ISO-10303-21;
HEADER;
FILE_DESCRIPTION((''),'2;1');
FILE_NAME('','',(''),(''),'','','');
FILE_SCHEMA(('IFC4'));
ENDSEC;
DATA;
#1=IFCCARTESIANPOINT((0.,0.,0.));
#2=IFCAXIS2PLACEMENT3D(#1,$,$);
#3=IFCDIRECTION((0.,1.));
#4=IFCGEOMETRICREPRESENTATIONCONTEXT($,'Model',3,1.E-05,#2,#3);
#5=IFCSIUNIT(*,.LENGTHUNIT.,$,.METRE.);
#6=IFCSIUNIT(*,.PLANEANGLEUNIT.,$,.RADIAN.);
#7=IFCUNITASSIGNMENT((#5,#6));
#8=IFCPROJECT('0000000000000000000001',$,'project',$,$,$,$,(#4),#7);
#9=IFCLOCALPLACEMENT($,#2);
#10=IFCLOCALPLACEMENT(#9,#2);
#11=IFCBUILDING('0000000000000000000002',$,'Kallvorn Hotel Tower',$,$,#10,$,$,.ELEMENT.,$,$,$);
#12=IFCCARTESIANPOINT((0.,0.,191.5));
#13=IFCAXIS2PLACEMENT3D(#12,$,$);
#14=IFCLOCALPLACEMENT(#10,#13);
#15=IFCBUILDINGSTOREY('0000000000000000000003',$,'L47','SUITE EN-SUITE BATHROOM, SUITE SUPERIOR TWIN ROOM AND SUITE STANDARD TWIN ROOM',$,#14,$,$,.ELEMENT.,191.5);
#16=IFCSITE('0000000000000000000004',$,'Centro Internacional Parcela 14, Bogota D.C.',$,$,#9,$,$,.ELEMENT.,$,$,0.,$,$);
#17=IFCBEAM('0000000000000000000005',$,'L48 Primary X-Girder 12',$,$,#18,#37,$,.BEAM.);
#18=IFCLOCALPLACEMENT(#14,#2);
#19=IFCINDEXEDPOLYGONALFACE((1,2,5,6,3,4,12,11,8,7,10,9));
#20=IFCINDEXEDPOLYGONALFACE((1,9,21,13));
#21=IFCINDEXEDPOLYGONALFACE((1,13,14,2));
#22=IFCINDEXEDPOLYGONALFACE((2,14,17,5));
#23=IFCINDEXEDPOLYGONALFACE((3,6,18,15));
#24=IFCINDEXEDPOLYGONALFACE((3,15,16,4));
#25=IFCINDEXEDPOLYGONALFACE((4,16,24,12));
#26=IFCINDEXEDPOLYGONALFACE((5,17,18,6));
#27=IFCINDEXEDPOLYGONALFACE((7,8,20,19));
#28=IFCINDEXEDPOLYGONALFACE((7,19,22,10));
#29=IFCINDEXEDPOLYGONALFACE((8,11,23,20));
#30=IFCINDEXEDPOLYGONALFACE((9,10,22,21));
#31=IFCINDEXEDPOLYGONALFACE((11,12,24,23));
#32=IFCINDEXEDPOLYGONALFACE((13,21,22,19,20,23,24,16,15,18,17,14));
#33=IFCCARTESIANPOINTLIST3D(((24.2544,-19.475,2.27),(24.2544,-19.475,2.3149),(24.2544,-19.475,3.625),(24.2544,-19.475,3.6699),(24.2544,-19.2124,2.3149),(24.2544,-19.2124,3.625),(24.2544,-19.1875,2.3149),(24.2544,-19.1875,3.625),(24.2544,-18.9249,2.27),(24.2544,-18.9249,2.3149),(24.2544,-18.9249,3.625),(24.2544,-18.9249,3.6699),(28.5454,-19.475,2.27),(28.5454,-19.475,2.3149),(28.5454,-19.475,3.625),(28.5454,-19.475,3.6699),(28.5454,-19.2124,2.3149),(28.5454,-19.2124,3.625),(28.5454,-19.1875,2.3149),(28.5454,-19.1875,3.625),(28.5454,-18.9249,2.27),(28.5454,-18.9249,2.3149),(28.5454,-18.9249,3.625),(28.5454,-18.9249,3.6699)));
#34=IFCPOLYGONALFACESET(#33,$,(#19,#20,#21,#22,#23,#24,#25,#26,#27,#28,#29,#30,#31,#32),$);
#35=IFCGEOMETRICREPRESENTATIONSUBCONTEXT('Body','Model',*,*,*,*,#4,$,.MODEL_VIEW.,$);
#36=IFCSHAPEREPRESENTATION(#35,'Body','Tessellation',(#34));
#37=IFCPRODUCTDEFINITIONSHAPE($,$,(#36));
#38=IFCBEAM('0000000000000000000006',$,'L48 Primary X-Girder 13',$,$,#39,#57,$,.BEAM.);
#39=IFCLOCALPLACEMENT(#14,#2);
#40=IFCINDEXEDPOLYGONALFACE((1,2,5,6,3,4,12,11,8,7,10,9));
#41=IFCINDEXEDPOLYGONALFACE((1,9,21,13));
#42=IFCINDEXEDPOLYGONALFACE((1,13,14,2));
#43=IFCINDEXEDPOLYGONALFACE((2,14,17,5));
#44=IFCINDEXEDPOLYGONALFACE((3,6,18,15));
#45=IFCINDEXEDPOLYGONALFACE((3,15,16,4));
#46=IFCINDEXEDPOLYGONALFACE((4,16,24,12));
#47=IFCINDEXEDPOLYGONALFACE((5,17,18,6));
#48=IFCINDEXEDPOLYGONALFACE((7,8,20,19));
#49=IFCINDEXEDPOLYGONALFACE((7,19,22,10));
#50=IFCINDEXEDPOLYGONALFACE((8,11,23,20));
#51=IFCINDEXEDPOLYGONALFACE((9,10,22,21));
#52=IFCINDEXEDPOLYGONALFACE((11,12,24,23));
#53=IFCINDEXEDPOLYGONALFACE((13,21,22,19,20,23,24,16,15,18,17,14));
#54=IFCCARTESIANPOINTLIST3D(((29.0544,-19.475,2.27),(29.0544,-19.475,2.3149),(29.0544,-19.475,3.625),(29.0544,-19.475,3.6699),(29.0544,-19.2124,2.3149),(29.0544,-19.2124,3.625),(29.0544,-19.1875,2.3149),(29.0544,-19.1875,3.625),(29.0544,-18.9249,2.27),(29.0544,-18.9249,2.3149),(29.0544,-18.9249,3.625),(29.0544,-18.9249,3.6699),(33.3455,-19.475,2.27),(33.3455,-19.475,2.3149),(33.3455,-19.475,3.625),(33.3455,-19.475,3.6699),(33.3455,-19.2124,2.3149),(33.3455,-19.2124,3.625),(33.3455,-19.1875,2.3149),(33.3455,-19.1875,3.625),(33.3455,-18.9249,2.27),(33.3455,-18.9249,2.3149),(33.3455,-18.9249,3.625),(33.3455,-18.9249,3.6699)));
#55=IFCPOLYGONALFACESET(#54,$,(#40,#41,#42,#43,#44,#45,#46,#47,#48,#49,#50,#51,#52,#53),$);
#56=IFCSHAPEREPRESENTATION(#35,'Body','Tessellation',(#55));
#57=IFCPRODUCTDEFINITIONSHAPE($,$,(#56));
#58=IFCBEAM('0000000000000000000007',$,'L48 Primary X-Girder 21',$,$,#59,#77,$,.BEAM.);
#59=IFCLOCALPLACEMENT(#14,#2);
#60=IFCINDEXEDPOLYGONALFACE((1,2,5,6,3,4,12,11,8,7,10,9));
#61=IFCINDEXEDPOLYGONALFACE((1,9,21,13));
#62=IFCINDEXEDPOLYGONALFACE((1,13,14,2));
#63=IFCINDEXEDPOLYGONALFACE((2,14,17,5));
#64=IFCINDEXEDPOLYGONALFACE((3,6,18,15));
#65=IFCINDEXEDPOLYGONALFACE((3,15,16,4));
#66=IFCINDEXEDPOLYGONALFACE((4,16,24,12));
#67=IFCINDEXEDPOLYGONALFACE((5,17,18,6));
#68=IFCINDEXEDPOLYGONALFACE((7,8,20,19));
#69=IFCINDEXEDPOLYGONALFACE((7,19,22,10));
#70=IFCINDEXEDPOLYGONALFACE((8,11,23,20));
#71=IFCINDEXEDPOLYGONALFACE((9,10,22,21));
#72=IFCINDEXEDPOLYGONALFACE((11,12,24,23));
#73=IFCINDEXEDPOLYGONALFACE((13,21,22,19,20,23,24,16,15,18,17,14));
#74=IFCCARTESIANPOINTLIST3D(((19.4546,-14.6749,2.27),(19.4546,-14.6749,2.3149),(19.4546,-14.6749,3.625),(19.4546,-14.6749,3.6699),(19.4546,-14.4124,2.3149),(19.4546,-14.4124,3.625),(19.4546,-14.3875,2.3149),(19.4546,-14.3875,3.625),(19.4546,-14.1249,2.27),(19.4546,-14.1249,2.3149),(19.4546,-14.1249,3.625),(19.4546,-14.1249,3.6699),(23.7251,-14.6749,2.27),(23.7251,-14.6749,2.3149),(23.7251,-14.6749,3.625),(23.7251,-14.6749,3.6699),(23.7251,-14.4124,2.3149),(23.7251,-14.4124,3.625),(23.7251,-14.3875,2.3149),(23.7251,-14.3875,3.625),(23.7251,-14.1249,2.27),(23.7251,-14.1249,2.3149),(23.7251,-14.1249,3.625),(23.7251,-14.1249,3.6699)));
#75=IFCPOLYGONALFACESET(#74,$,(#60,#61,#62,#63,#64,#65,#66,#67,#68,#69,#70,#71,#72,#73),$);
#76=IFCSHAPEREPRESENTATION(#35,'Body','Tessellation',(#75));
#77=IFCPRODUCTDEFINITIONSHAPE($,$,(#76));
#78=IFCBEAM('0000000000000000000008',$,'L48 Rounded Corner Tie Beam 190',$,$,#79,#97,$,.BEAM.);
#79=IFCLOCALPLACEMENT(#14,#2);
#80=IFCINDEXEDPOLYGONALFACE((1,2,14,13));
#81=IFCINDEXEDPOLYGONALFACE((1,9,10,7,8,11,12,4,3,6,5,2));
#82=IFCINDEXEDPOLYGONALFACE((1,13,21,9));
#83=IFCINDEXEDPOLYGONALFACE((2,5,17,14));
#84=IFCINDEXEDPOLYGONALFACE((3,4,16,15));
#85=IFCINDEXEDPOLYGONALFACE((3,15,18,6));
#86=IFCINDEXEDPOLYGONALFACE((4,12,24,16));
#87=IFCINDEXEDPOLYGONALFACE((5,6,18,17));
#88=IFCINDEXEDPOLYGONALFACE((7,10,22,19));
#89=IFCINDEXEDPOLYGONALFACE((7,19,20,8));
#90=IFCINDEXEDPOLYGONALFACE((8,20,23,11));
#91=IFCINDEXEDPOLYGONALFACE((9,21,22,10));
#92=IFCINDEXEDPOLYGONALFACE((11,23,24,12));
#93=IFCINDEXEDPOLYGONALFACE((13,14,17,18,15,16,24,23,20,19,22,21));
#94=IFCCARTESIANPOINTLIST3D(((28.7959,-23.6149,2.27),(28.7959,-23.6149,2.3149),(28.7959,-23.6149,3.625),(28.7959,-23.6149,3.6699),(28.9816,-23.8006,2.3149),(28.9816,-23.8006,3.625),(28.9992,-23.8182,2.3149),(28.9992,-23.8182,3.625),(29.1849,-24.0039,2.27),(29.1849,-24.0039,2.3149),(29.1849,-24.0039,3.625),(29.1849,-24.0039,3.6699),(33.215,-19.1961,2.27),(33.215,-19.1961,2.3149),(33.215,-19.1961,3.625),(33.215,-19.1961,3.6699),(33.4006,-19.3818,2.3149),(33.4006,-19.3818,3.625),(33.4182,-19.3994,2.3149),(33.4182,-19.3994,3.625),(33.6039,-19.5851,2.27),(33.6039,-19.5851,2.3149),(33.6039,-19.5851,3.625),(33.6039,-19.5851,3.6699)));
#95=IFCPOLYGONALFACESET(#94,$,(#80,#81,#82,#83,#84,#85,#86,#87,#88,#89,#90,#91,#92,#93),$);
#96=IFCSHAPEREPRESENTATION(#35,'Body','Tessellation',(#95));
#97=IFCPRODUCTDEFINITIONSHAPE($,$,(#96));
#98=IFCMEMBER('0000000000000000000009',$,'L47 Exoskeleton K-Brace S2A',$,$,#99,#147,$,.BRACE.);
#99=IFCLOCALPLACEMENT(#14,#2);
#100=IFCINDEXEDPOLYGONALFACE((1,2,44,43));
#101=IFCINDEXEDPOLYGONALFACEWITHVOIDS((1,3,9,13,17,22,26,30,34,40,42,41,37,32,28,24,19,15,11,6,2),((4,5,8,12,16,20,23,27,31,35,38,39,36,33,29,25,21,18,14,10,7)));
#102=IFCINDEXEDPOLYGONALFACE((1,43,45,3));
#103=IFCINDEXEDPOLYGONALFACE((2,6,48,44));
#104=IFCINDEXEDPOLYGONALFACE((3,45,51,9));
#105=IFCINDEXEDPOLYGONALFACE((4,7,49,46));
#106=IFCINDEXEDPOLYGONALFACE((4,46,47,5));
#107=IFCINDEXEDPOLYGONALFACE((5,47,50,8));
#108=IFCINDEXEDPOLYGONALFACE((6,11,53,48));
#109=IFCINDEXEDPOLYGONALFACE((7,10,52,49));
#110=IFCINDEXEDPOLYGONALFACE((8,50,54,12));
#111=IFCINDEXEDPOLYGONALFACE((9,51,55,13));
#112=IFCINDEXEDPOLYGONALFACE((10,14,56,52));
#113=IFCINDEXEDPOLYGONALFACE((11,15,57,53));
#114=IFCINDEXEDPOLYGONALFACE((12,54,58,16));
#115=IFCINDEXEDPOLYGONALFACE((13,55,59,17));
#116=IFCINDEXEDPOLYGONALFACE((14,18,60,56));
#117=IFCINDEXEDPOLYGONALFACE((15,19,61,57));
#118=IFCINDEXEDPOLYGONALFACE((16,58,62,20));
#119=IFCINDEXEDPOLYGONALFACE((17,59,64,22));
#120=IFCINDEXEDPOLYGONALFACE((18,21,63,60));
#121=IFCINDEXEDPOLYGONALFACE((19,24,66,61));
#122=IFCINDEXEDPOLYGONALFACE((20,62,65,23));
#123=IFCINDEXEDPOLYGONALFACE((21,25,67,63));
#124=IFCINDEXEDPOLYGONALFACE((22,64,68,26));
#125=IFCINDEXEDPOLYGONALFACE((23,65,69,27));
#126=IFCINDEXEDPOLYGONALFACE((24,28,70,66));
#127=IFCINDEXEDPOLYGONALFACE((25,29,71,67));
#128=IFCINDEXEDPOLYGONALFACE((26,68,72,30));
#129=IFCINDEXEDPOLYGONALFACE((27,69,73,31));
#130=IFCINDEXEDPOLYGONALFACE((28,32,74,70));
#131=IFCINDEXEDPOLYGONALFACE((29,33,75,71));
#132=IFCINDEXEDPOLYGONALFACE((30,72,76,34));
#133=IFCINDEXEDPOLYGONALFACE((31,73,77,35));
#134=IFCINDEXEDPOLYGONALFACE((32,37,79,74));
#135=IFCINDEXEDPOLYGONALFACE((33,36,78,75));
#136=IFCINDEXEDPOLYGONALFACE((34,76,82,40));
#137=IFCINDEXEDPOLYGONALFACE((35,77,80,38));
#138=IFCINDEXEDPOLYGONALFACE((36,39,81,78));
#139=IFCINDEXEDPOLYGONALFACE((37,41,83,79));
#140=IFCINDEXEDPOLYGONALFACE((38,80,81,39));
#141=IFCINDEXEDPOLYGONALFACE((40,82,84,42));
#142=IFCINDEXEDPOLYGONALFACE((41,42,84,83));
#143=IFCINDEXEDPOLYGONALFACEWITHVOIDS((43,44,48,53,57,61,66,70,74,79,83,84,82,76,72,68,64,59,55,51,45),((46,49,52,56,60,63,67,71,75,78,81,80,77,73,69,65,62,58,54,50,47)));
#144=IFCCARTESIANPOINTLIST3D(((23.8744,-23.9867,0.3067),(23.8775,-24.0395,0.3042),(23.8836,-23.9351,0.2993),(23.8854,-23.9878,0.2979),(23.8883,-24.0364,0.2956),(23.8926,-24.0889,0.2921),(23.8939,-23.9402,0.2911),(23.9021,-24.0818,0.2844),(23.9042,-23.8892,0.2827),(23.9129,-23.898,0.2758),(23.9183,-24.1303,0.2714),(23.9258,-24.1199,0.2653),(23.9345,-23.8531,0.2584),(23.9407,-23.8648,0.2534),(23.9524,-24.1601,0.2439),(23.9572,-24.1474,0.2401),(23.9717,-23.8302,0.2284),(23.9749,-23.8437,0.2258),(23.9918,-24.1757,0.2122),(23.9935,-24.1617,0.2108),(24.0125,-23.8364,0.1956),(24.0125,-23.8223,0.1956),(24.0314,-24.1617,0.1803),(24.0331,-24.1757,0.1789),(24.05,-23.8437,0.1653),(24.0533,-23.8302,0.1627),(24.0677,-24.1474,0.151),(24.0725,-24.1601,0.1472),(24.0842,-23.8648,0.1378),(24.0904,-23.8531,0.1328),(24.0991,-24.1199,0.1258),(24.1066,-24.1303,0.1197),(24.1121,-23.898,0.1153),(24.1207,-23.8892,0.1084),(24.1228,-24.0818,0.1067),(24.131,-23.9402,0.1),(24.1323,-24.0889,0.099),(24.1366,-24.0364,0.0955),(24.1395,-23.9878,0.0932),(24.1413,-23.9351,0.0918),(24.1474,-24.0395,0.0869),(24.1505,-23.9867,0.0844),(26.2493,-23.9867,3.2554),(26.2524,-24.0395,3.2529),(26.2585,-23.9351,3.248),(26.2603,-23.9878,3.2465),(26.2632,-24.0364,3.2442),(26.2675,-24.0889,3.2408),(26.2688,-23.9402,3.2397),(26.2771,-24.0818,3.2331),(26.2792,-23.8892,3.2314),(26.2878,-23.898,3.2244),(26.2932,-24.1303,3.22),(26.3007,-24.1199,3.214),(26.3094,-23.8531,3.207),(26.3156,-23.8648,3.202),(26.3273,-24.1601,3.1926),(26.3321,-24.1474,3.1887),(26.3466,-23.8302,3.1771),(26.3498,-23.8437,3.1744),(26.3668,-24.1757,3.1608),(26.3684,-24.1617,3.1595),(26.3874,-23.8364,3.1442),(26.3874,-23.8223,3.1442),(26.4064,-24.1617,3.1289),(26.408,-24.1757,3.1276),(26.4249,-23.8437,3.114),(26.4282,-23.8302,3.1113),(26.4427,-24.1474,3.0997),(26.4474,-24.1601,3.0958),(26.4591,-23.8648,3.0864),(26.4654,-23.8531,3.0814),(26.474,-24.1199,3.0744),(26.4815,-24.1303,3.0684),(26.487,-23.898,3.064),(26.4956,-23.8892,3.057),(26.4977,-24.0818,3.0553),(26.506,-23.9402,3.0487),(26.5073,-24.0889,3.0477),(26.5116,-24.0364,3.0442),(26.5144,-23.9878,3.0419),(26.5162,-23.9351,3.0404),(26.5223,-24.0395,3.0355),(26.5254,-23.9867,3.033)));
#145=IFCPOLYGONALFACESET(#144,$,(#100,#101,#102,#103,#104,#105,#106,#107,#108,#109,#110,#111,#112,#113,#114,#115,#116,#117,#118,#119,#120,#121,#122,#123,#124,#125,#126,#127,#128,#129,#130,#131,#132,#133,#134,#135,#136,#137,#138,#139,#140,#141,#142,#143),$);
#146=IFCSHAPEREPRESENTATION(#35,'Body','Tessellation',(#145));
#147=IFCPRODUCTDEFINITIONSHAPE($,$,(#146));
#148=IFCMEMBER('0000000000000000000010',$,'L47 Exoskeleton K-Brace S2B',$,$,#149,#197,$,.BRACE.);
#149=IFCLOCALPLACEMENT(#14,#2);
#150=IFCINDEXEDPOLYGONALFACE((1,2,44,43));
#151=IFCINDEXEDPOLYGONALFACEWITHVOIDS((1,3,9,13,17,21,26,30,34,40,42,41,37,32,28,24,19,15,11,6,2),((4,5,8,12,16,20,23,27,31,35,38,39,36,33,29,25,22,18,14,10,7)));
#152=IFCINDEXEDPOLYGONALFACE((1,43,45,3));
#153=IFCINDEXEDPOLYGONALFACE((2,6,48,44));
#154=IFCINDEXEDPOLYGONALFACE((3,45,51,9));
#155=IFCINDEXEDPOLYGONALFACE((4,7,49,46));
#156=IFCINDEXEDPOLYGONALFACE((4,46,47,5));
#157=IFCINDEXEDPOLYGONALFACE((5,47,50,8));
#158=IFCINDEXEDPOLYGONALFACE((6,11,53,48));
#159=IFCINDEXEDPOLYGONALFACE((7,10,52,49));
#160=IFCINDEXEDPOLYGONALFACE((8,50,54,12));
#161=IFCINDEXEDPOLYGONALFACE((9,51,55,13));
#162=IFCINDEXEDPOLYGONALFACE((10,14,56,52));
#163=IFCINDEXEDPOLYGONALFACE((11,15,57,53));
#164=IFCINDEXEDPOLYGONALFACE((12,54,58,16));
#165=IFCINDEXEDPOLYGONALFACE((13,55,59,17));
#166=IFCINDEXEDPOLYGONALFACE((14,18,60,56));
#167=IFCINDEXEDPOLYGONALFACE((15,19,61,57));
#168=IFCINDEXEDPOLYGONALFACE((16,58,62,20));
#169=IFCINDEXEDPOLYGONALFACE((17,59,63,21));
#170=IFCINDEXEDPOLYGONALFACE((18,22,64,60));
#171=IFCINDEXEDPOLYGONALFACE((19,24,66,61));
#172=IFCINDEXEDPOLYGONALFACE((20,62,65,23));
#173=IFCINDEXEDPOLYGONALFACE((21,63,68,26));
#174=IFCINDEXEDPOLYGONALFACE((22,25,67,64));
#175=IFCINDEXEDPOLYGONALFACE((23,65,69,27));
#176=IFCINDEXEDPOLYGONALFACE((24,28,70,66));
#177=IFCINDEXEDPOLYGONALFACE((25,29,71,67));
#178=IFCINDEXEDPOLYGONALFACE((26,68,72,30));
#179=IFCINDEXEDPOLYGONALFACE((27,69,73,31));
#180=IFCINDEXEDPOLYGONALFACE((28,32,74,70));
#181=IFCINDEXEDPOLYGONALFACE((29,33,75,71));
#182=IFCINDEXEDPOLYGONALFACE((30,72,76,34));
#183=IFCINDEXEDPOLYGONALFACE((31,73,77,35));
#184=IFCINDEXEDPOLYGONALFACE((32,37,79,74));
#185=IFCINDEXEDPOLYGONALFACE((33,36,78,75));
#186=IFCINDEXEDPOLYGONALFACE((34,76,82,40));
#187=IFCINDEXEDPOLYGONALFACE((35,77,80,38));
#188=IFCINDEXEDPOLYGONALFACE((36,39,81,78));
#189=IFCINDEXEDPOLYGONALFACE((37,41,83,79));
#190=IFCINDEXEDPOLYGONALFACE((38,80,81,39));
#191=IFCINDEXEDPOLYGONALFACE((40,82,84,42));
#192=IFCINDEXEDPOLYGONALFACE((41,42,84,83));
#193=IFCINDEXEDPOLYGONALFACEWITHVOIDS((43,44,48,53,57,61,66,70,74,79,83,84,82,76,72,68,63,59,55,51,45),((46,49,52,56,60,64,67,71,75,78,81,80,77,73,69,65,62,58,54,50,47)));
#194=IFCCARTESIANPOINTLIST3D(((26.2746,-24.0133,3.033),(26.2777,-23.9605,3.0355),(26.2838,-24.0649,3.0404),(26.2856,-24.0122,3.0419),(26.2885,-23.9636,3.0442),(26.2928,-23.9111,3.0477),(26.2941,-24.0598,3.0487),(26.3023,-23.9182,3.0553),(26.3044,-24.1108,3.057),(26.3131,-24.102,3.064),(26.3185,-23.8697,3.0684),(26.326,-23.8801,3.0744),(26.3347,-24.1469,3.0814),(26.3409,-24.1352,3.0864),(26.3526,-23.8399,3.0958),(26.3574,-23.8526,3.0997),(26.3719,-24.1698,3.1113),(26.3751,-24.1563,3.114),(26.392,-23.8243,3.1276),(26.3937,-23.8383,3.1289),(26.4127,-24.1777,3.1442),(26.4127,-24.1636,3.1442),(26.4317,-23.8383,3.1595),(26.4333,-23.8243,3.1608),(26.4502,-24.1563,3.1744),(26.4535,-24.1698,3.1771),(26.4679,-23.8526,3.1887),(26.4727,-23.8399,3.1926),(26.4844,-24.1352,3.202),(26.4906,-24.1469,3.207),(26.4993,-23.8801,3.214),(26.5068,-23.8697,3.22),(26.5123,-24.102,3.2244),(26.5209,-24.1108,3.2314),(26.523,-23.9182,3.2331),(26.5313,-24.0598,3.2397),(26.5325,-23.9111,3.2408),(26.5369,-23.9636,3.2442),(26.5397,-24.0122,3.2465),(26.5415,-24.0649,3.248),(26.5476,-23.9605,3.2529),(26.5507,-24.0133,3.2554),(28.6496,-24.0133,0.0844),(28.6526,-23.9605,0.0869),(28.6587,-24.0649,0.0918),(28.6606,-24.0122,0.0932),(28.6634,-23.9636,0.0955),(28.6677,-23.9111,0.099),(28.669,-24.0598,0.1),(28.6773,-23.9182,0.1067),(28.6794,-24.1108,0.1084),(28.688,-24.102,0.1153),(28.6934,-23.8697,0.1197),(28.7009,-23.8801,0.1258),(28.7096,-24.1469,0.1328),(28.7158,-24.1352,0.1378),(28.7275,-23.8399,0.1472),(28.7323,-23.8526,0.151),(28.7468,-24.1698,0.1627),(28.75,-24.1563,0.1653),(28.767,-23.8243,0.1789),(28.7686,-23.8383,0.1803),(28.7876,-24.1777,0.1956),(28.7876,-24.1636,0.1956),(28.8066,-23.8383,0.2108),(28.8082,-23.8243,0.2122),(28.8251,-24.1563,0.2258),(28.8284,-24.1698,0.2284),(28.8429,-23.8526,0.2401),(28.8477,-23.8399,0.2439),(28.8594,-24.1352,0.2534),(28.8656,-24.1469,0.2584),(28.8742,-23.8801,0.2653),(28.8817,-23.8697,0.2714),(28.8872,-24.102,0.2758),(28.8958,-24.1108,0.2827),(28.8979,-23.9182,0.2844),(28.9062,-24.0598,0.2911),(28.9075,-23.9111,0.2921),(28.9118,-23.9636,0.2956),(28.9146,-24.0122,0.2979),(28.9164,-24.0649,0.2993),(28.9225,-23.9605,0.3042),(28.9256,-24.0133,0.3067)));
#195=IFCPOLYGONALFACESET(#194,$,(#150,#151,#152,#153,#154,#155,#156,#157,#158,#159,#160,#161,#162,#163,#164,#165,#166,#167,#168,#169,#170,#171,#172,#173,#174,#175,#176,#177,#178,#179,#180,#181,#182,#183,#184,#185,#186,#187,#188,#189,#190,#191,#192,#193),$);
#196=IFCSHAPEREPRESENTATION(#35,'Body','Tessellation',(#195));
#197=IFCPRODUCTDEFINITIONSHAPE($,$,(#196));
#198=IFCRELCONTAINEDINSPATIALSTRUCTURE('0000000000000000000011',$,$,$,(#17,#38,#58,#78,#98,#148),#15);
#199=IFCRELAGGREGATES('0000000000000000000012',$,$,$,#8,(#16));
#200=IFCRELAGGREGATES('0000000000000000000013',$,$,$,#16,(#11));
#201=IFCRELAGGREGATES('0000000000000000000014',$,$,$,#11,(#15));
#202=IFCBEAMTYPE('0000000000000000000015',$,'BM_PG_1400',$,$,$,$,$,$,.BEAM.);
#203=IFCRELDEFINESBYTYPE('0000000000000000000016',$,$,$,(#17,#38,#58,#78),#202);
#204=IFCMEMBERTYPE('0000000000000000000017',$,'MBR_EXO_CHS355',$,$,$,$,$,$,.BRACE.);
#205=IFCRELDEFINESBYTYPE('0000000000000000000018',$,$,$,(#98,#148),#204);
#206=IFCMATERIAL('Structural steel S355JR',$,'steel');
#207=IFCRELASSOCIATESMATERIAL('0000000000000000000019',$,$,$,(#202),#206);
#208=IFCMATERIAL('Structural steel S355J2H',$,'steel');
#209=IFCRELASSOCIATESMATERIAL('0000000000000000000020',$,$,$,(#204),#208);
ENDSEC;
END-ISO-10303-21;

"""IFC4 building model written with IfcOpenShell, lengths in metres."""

from ifc_helpers import new_model, si_unit, direction, frame, origin, origin_2d, place, context, subcontext, project, spatial, hollow_circle, i_section, extrude, material, material_profile, profile_set, type_object, element, save


model = new_model("IFC4")

# Units and contexts
model_context = context("Model", 3, precision=1e-05, world=origin(), true_north=direction((0.0, 1.0)))
body_context = subcontext(model_context, "Body", "Model", "MODEL_VIEW")
ifc_project = project(units=[si_unit("LENGTHUNIT", "METRE"), si_unit("PLANEANGLEUNIT", "RADIAN")], contexts=[model_context])

# Site, building, storey
site_placement = place(None, origin())
site = spatial("IfcSite", under=ifc_project, at=site_placement, Name="Centro Internacional Parcela 14, Bogota D.C.", CompositionType="ELEMENT", RefElevation=0.0)
building_placement = place(site_placement, origin())
building = spatial("IfcBuilding", under=site, at=building_placement, Name="Kallvorn Hotel Tower", CompositionType="ELEMENT")
storey_placement = place(building_placement, frame((0.0, 0.0, 191.5)))
storey = spatial("IfcBuildingStorey", under=building, at=storey_placement, Name="L47", Description="SUITE EN-SUITE BATHROOM, SUITE SUPERIOR TWIN ROOM AND SUITE STANDARD TWIN ROOM", CompositionType="ELEMENT", Elevation=191.5)

# Beams
ifc_material_1 = material(Name="Structural steel S355JR", Category="steel")
ifc_material_profile_1 = material_profile(ifc_material_1, i_section(OverallWidth=0.55, OverallDepth=1.3999, WebThickness=0.0249, FlangeThickness=0.0449, at=origin_2d()), Name="PG 1400x550x25x45")
ifc_profile_set_1 = profile_set([ifc_material_profile_1], Name="Structural steel S355JR")
beam_type_1 = type_object("IfcBeamType", Name="BM_PG_1400", PredefinedType="BEAM", material=ifc_profile_set_1)
for number, where, z_axis, x_axis, name in (
    (1, (24.2544, -19.2, 2.97), (1.0, 0.0, 0.0), (0.0, 1.0, 0.0), "L48 Primary X-Girder 12"),
    (2, (29.0544, -19.2, 2.97), (1.0, 0.0, 0.0), (0.0, 1.0, 0.0), "L48 Primary X-Girder 13"),
):
    element("IfcBeam", number, at=place(storey_placement, frame(where, z_axis=z_axis, x_axis=x_axis)), inside=storey, type_object=beam_type_1, Name=name, PredefinedType="BEAM", context=body_context, shape_type="SweptSolid", body=[
        extrude(i_section(OverallWidth=0.55, OverallDepth=1.3999, WebThickness=0.0249, FlangeThickness=0.0449, at=origin_2d()), origin(), (0.0, 0.0, 1.0), 4.291),
    ])
beam_1_placement = place(storey_placement, frame((19.4546, -14.3999, 2.97), z_axis=(1.0, 0.0, 0.0), x_axis=(0.0, 1.0, 0.0)))
element("IfcBeam", 3, at=beam_1_placement, inside=storey, type_object=beam_type_1, Name="L48 Primary X-Girder 21", PredefinedType="BEAM", context=body_context, shape_type="SweptSolid", body=[
    extrude(i_section(OverallWidth=0.55, OverallDepth=1.3999, WebThickness=0.0249, FlangeThickness=0.0449, at=origin_2d()), origin(), (0.0, 0.0, 1.0), 4.2705),
])
beam_2_placement = place(storey_placement, frame((33.4094, -19.3906, 2.97), z_axis=(-0.707126, -0.707087, 0.0), x_axis=(0.707087, -0.707126, 0.0)))
element("IfcBeam", 4, at=beam_2_placement, inside=storey, type_object=beam_type_1, Name="L48 Rounded Corner Tie Beam 190", PredefinedType="BEAM", context=body_context, shape_type="SweptSolid", body=[
    extrude(i_section(OverallWidth=0.55, OverallDepth=1.3999, WebThickness=0.0249, FlangeThickness=0.0449, at=origin_2d()), origin(), (0.0, 0.0, 1.0), 6.2493),
])

# Members
ifc_material_2 = material(Name="Structural steel S355J2H", Category="steel")
ifc_material_profile_2 = material_profile(ifc_material_2, hollow_circle(Radius=0.1777, WallThickness=0.0142, at=origin_2d()), Name="CHS 355.6x14.2")
ifc_profile_set_2 = profile_set([ifc_material_profile_2], Name="Structural steel S355J2H")
member_type = type_object("IfcMemberType", Name="MBR_EXO_CHS355", PredefinedType="BRACE", material=ifc_profile_set_2)
for number, where, z_axis, x_axis, name in (
    (5, (24.0125, -24.0, 0.1956), (0.627271, 0.0, 0.778801), (0.0, 1.0, 0.0), "L47 Exoskeleton K-Brace S2A"),
    (6, (28.7876, -24.0, 0.1956), (-0.627271, 0.0, 0.778801), (0.0, -1.0, 0.0), "L47 Exoskeleton K-Brace S2B"),
):
    element("IfcMember", number, at=place(storey_placement, frame(where, z_axis=z_axis, x_axis=x_axis)), inside=storey, type_object=member_type, Name=name, PredefinedType="BRACE", context=body_context, shape_type="SweptSolid", body=[
        extrude(hollow_circle(Radius=0.1777, WallThickness=0.0142, at=origin_2d()), origin(), (0.0, 0.0, 1.0), 3.7861),
    ])

save(model, "model.ifc")
